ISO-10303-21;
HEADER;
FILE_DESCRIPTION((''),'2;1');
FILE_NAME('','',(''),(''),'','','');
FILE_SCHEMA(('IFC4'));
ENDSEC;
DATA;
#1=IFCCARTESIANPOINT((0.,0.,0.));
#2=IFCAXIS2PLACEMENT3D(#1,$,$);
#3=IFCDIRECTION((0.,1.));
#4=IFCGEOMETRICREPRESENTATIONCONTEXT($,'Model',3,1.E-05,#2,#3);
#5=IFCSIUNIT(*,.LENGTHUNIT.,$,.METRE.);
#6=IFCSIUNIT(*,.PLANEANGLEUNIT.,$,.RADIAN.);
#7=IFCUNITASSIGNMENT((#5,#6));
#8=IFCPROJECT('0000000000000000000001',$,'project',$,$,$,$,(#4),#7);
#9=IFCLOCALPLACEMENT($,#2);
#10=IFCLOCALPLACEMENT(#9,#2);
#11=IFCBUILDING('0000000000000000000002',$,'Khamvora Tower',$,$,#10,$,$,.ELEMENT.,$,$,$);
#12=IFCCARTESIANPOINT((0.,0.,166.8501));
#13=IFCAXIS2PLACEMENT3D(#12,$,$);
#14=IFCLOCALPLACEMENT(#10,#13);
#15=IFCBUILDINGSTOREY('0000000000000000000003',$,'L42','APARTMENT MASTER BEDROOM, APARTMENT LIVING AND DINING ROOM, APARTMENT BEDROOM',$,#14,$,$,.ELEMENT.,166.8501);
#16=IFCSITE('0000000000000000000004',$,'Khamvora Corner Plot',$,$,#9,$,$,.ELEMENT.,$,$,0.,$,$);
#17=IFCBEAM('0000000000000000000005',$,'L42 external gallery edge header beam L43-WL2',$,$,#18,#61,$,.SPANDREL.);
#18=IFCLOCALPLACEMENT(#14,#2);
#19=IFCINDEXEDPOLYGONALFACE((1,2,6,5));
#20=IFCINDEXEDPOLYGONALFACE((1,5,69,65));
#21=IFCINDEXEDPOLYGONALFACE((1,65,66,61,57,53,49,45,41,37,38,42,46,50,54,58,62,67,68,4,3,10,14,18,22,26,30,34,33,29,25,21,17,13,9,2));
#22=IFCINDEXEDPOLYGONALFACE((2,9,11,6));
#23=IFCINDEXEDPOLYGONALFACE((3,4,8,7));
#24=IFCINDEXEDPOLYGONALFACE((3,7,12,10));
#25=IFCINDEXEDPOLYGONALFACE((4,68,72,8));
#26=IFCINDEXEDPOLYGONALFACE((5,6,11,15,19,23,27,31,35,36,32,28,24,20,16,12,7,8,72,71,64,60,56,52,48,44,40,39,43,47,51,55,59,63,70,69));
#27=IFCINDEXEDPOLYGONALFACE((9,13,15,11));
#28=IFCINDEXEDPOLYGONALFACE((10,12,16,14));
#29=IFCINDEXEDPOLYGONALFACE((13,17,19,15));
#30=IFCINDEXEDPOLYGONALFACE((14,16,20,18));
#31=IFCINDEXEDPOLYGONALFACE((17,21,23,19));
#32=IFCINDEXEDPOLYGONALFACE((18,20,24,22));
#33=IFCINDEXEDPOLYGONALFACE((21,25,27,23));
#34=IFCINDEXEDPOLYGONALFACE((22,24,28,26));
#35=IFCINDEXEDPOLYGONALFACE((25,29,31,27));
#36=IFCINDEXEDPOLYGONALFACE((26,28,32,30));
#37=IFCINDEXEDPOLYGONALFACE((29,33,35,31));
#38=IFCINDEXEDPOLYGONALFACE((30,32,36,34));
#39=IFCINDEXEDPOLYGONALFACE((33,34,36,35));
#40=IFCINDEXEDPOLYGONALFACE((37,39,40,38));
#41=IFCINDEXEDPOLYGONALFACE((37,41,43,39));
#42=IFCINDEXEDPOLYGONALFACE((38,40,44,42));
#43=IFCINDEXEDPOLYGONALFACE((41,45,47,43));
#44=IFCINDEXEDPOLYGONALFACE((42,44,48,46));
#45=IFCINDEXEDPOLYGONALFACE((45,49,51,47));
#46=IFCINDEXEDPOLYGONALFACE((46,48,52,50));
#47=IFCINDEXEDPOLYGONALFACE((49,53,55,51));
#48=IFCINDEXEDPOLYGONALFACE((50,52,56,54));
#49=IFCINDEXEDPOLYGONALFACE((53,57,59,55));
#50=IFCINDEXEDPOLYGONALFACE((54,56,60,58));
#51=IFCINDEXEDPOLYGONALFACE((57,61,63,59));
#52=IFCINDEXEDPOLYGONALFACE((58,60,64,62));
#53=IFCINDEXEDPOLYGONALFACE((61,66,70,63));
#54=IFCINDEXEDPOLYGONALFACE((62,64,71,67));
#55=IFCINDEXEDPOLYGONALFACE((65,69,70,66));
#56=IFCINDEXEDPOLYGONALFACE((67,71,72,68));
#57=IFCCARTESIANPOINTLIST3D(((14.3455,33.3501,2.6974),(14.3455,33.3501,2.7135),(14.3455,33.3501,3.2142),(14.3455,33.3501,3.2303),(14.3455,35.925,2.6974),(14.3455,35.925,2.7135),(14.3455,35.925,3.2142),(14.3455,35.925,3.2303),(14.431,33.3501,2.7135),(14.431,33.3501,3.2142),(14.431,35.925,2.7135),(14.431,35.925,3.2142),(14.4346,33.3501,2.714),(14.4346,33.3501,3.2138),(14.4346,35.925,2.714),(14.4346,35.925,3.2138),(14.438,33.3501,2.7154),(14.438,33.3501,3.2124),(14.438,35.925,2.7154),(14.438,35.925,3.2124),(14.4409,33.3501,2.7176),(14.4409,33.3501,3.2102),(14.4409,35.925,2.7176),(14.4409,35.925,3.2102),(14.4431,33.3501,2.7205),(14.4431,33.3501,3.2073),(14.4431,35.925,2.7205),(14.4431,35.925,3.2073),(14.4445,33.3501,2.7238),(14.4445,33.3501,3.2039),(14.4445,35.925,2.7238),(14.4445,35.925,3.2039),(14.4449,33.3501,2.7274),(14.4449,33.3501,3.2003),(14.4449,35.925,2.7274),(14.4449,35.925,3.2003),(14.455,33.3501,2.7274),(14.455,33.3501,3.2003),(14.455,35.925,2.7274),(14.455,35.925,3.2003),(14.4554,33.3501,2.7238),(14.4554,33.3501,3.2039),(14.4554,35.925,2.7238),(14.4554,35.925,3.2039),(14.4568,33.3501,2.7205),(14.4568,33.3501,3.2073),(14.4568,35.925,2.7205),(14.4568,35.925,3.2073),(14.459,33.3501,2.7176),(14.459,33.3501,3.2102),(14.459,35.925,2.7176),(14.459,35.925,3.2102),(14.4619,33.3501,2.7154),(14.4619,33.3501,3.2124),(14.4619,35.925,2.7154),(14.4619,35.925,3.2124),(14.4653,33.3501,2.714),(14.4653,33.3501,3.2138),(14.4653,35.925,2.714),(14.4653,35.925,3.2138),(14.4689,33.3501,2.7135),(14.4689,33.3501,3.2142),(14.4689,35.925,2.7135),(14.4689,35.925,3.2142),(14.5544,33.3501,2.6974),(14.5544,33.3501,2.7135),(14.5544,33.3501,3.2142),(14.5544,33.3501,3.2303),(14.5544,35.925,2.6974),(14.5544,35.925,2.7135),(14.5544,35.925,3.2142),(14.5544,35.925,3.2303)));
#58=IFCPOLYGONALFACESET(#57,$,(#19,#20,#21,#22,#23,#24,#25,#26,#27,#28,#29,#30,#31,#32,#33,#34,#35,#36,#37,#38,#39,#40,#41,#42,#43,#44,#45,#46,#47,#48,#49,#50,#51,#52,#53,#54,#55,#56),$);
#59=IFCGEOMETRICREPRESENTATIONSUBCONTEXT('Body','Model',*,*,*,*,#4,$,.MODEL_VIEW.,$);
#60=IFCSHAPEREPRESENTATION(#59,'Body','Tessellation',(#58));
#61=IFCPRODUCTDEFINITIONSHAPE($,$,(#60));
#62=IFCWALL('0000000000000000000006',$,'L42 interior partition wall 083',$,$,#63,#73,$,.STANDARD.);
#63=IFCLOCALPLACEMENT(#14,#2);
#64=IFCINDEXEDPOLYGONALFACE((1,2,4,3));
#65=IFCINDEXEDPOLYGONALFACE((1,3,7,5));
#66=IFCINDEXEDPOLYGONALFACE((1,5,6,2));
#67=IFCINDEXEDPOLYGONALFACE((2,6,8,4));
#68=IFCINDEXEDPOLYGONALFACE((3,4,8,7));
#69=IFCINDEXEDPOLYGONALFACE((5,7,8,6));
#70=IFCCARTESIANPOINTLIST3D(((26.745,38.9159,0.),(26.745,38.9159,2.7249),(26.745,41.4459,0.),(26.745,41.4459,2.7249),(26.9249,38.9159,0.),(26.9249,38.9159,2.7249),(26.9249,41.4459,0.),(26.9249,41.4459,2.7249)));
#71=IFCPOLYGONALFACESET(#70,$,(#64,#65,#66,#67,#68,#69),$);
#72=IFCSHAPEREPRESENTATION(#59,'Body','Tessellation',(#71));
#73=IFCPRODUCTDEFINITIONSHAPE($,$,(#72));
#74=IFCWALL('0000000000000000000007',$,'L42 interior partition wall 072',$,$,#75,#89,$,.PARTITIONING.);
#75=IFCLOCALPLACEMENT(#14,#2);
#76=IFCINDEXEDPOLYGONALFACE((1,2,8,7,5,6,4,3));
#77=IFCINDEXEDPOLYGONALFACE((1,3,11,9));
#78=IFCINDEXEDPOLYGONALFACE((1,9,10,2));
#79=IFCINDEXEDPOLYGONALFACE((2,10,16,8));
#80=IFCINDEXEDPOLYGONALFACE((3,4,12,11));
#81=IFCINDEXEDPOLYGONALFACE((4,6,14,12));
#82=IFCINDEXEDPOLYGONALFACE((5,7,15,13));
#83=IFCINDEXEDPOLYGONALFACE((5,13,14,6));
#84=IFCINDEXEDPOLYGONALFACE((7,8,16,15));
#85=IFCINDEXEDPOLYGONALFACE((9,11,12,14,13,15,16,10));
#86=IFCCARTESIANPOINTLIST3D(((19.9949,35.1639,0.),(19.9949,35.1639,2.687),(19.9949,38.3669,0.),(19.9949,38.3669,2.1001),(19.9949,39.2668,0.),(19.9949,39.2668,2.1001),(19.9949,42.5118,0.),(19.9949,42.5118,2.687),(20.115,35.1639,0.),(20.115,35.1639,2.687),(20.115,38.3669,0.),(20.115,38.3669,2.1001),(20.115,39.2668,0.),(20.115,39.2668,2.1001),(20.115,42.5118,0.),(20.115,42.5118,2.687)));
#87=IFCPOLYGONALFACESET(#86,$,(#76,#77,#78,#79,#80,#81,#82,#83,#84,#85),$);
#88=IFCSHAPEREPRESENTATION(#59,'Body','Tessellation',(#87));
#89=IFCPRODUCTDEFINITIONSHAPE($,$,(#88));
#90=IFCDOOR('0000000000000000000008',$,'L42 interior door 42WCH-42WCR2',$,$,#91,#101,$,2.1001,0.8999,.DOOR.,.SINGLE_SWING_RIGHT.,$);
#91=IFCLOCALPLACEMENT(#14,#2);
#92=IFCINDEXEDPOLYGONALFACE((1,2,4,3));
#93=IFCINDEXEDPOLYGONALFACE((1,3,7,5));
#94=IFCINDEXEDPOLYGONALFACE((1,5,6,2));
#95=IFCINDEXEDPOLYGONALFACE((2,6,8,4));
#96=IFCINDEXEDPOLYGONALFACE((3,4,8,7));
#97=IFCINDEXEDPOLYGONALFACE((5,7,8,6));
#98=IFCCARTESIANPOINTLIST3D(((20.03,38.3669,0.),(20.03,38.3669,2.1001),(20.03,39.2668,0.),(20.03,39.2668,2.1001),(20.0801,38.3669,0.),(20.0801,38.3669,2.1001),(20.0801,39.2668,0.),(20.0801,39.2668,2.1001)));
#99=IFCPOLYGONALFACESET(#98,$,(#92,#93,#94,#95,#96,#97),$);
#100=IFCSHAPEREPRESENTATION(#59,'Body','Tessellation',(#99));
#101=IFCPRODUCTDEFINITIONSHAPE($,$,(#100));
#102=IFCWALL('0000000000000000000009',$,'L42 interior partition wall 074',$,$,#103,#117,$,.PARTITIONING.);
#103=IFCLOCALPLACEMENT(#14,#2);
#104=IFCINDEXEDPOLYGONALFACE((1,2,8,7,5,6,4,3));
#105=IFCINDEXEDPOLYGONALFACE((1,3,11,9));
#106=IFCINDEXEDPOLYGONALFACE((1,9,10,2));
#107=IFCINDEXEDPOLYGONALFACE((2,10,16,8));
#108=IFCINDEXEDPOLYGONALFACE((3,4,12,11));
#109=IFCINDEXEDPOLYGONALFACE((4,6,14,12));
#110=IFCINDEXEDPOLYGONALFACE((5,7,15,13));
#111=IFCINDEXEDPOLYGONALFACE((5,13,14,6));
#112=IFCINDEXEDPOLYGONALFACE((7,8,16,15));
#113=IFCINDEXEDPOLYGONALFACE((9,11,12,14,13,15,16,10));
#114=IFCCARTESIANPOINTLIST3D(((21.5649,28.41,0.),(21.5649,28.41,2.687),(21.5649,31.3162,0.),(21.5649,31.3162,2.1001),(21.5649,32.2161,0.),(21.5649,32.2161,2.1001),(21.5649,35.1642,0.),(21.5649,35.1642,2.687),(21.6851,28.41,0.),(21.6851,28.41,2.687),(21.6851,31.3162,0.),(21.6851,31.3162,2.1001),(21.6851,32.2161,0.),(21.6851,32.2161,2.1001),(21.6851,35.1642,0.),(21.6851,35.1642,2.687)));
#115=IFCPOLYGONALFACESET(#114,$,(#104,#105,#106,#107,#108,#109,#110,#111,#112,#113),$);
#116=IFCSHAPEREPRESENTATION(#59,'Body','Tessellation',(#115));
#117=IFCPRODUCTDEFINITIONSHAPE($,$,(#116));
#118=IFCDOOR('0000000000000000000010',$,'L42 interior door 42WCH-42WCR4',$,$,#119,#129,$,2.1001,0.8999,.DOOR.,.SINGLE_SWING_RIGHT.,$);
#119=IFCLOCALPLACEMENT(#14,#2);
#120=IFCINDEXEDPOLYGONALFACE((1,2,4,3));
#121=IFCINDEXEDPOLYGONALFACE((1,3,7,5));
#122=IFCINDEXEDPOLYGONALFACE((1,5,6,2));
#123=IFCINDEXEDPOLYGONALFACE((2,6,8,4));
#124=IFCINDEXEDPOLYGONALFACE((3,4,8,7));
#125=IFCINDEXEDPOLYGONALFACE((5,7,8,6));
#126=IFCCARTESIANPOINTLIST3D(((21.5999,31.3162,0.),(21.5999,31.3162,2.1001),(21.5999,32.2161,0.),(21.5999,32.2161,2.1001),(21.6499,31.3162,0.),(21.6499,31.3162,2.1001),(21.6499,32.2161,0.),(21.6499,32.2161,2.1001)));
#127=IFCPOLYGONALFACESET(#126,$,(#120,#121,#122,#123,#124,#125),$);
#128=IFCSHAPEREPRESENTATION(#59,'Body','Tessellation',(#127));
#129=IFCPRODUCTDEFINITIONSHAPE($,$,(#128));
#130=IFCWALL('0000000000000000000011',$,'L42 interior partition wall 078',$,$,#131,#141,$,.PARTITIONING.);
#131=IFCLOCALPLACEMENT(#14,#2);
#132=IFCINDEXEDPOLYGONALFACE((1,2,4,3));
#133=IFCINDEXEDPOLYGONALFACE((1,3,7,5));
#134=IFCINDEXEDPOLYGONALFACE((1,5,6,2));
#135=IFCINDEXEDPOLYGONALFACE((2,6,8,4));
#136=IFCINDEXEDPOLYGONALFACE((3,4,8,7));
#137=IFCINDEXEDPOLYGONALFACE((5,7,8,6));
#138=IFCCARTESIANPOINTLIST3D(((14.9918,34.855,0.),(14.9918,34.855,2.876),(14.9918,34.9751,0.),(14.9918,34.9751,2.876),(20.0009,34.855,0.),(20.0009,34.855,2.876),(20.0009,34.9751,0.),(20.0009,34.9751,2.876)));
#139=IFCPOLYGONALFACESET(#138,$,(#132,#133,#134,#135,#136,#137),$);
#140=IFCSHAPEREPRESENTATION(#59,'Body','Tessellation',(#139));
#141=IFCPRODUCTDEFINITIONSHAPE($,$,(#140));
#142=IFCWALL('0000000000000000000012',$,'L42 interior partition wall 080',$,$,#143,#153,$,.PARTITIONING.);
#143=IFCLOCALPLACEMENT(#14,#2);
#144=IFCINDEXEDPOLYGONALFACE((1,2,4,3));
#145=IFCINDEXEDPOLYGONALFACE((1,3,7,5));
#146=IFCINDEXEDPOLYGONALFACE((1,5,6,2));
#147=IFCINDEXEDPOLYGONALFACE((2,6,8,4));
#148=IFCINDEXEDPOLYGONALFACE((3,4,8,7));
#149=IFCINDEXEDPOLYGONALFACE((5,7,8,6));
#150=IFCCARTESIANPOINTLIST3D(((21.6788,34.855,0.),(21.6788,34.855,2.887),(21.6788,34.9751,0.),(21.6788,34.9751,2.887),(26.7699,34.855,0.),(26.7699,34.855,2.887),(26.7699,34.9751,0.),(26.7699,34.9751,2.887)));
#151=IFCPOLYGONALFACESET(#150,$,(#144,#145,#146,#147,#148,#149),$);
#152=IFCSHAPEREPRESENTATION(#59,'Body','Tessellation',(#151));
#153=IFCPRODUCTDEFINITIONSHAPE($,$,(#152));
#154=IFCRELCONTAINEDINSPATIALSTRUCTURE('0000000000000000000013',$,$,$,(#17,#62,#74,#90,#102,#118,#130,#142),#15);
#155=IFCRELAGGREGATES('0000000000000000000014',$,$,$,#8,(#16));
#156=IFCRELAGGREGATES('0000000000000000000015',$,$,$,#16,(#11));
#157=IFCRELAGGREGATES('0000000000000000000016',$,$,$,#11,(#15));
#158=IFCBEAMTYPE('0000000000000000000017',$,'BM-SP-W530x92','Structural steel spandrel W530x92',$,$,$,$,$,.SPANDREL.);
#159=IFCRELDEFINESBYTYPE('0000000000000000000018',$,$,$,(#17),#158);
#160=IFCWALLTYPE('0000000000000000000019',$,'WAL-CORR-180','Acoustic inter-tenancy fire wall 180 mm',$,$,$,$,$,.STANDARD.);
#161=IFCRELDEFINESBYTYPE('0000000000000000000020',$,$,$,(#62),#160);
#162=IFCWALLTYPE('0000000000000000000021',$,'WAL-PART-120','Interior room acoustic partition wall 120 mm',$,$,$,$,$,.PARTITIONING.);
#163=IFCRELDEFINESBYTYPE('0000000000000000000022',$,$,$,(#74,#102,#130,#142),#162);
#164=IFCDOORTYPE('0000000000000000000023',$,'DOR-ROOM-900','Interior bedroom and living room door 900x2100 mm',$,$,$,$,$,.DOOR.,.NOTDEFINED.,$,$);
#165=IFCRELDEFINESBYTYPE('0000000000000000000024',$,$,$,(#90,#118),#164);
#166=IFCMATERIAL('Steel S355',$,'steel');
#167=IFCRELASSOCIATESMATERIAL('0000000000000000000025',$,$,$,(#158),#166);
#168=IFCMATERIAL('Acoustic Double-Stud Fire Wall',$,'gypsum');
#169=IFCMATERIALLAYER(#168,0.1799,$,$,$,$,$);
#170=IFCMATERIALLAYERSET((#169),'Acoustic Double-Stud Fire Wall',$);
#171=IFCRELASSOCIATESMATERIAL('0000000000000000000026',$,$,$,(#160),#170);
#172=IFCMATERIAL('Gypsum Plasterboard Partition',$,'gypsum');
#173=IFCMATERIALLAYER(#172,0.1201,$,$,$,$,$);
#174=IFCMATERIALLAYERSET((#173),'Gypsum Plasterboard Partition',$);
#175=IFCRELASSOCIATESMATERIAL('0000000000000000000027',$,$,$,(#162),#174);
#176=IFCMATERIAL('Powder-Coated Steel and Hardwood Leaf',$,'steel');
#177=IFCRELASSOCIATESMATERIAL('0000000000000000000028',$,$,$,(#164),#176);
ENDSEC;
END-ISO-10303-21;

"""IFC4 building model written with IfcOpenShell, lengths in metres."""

from ifc_helpers import new_model, si_unit, direction, frame, frame_2d, origin, origin_2d, place, context, subcontext, project, spatial, rectangle, i_section, extrude, material, layer, layer_set, material_profile, profile_set, type_object, element, fill, save


model = new_model("IFC4")

# Units and contexts
model_context = context("Model", 3, precision=1e-05, world=origin(), true_north=direction((0.0, 1.0)))
body_context = subcontext(model_context, "Body", "Model", "MODEL_VIEW")
ifc_project = project(units=[si_unit("LENGTHUNIT", "METRE"), si_unit("PLANEANGLEUNIT", "RADIAN")], contexts=[model_context])

# Site, building, storey
site_placement = place(None, origin())
site = spatial("IfcSite", under=ifc_project, at=site_placement, Name="Khamvora Corner Plot", CompositionType="ELEMENT", RefElevation=0.0)
building_placement = place(site_placement, origin())
building = spatial("IfcBuilding", under=site, at=building_placement, Name="Khamvora Tower", CompositionType="ELEMENT")
storey_placement = place(building_placement, frame((0.0, 0.0, 166.8501)))
storey = spatial("IfcBuildingStorey", under=building, at=storey_placement, Name="L42", Description="APARTMENT MASTER BEDROOM, APARTMENT LIVING AND DINING ROOM, APARTMENT BEDROOM", CompositionType="ELEMENT", Elevation=166.8501)

# Shared definitions
ifc_material_1 = material(Name="Steel S355", Category="steel")

# Beam
ifc_material_profile_1 = material_profile(ifc_material_1, i_section(OverallWidth=0.209, OverallDepth=0.533, WebThickness=0.01, FlangeThickness=0.0161, FilletRadius=0.0139, at=origin_2d()), Name="W530x92")
ifc_profile_set_1 = profile_set([ifc_material_profile_1], Name="Steel S355")
beam_type_1 = type_object("IfcBeamType", Name="BM-SP-W530x92", Description="Structural steel spandrel W530x92", PredefinedType="SPANDREL", material=ifc_profile_set_1)
beam_1_placement = place(storey_placement, frame((14.45, 33.3501, 2.9639), z_axis=(0.0, 1.0, 0.0), x_axis=(-1.0, 0.0, 0.0)))
element("IfcBeam", 1, at=beam_1_placement, inside=storey, type_object=beam_type_1, Name="L42 external gallery edge header beam L43-WL2", PredefinedType="SPANDREL", context=body_context, shape_type="SweptSolid", body=[
    extrude(i_section(OverallWidth=0.209, OverallDepth=0.533, WebThickness=0.01, FlangeThickness=0.0161, FilletRadius=0.0139, at=origin_2d()), origin(), (0.0, 0.0, 1.0), 2.575),
])

# Wall
ifc_material_2 = material(Name="Acoustic Double-Stud Fire Wall", Category="gypsum")
ifc_layer_1 = layer(ifc_material_2, 0.1799)
ifc_layer_set_1 = layer_set([ifc_layer_1], Name="Acoustic Double-Stud Fire Wall")
wall_type_1 = type_object("IfcWallType", Name="WAL-CORR-180", Description="Acoustic inter-tenancy fire wall 180 mm", PredefinedType="STANDARD", material=ifc_layer_set_1)
wall_1_placement = place(storey_placement, frame((26.835, 41.446, 0.0), z_axis=(0.0, 0.0, 1.0), x_axis=(0.0, -1.0, 0.0)))
element("IfcWall", 2, at=wall_1_placement, inside=storey, type_object=wall_type_1, Name="L42 interior partition wall 083", PredefinedType="STANDARD", context=body_context, shape_type="SweptSolid", body=[
    extrude(rectangle(XDim=2.53, YDim=0.1799, at=frame_2d((1.2651, 0.0))), origin(), (0.0, 0.0, 1.0), 2.7249),
])

# Walls, openings, doors
ifc_material_3 = material(Name="Gypsum Plasterboard Partition", Category="gypsum")
ifc_layer_2 = layer(ifc_material_3, 0.1201)
ifc_layer_set_2 = layer_set([ifc_layer_2], Name="Gypsum Plasterboard Partition")
wall_type_2 = type_object("IfcWallType", Name="WAL-PART-120", Description="Interior room acoustic partition wall 120 mm", PredefinedType="PARTITIONING", material=ifc_layer_set_2)
wall_2_placement = place(storey_placement, frame((20.0549, 35.1641, 0.0), z_axis=(0.0, 0.0, 1.0), x_axis=(0.0, 1.0, 0.0)))
wall_2 = element("IfcWall", 3, at=wall_2_placement, inside=storey, type_object=wall_type_2, Name="L42 interior partition wall 072", PredefinedType="PARTITIONING", context=body_context, shape_type="SweptSolid", body=[
    extrude(rectangle(XDim=7.3479, YDim=0.1201, at=frame_2d((3.6738, 0.0))), origin(), (0.0, 0.0, 1.0), 2.687),
])
opening_1_placement = place(wall_2_placement, frame((3.2029, 0.0, 0.0)))
opening_1 = element("IfcOpeningElement", 4, at=opening_1_placement, cuts=wall_2, PredefinedType="OPENING", context=body_context, shape_type="SweptSolid", body=[
    extrude(rectangle(XDim=0.8999, YDim=2.1001, at=frame_2d((0.45, 1.05))), frame((0.0, 0.0701, 0.0), z_axis=(0.0, -1.0, 0.0), x_axis=(1.0, 0.0, 0.0)), (0.0, 0.0, 1.0), 0.1401),
])
ifc_material_4 = material(Name="Powder-Coated Steel and Hardwood Leaf", Category="steel")
door_type = type_object("IfcDoorType", Name="DOR-ROOM-900", Description="Interior bedroom and living room door 900x2100 mm", OperationType="NOTDEFINED", PredefinedType="DOOR", material=ifc_material_4)
door_1_placement = place(opening_1_placement, origin())
door_1 = element("IfcDoor", 5, at=door_1_placement, inside=storey, type_object=door_type, Name="L42 interior door 42WCH-42WCR2", OperationType="SINGLE_SWING_RIGHT", OverallHeight=2.1001, OverallWidth=0.8999, PredefinedType="DOOR", context=body_context, shape_type="SweptSolid", body=[
    extrude(rectangle(XDim=0.8999, YDim=2.1001, at=frame_2d((0.45, 1.05))), frame((0.0, 0.0249, 0.0), z_axis=(0.0, -1.0, 0.0), x_axis=(1.0, 0.0, 0.0)), (0.0, 0.0, 1.0), 0.05),
])
fill(opening_1, door_1)
wall_3_placement = place(storey_placement, frame((21.625, 35.1641, 0.0), z_axis=(0.0, 0.0, 1.0), x_axis=(0.0, -1.0, 0.0)))
wall_3 = element("IfcWall", 6, at=wall_3_placement, inside=storey, type_object=wall_type_2, Name="L42 interior partition wall 074", PredefinedType="PARTITIONING", context=body_context, shape_type="SweptSolid", body=[
    extrude(rectangle(XDim=6.7542, YDim=0.1201, at=frame_2d((3.377, 0.0))), origin(), (0.0, 0.0, 1.0), 2.687),
])
opening_2_placement = place(wall_3_placement, frame((2.948, 0.0, 0.0)))
opening_2 = element("IfcOpeningElement", 7, at=opening_2_placement, cuts=wall_3, PredefinedType="OPENING", context=body_context, shape_type="SweptSolid", body=[
    extrude(rectangle(XDim=0.8999, YDim=2.1001, at=frame_2d((0.45, 1.05))), frame((0.0, 0.0701, 0.0), z_axis=(0.0, -1.0, 0.0), x_axis=(1.0, 0.0, 0.0)), (0.0, 0.0, 1.0), 0.1401),
])
door_2_placement = place(opening_2_placement, origin())
door_2 = element("IfcDoor", 8, at=door_2_placement, inside=storey, type_object=door_type, Name="L42 interior door 42WCH-42WCR4", OperationType="SINGLE_SWING_RIGHT", OverallHeight=2.1001, OverallWidth=0.8999, PredefinedType="DOOR", context=body_context, shape_type="SweptSolid", body=[
    extrude(rectangle(XDim=0.8999, YDim=2.1001, at=frame_2d((0.45, 1.05))), frame((0.0, 0.0249, 0.0), z_axis=(0.0, -1.0, 0.0), x_axis=(1.0, 0.0, 0.0)), (0.0, 0.0, 1.0), 0.05),
])
fill(opening_2, door_2)

# Walls
wall_4_placement = place(storey_placement, frame((14.9919, 34.915, 0.0), z_axis=(0.0, 0.0, 1.0), x_axis=(1.0, 0.0, 0.0)))
element("IfcWall", 9, at=wall_4_placement, inside=storey, type_object=wall_type_2, Name="L42 interior partition wall 078", PredefinedType="PARTITIONING", context=body_context, shape_type="SweptSolid", body=[
    extrude(rectangle(XDim=5.009, YDim=0.1201, at=frame_2d((2.5044, 0.0))), origin(), (0.0, 0.0, 1.0), 2.876),
])
wall_5_placement = place(storey_placement, frame((21.679, 34.915, 0.0), z_axis=(0.0, 0.0, 1.0), x_axis=(1.0, 0.0, 0.0)))
element("IfcWall", 10, at=wall_5_placement, inside=storey, type_object=wall_type_2, Name="L42 interior partition wall 080", PredefinedType="PARTITIONING", context=body_context, shape_type="SweptSolid", body=[
    extrude(rectangle(XDim=5.0911, YDim=0.1201, at=frame_2d((2.5454, 0.0))), origin(), (0.0, 0.0, 1.0), 2.887),
])

save(model, "model.ifc")
